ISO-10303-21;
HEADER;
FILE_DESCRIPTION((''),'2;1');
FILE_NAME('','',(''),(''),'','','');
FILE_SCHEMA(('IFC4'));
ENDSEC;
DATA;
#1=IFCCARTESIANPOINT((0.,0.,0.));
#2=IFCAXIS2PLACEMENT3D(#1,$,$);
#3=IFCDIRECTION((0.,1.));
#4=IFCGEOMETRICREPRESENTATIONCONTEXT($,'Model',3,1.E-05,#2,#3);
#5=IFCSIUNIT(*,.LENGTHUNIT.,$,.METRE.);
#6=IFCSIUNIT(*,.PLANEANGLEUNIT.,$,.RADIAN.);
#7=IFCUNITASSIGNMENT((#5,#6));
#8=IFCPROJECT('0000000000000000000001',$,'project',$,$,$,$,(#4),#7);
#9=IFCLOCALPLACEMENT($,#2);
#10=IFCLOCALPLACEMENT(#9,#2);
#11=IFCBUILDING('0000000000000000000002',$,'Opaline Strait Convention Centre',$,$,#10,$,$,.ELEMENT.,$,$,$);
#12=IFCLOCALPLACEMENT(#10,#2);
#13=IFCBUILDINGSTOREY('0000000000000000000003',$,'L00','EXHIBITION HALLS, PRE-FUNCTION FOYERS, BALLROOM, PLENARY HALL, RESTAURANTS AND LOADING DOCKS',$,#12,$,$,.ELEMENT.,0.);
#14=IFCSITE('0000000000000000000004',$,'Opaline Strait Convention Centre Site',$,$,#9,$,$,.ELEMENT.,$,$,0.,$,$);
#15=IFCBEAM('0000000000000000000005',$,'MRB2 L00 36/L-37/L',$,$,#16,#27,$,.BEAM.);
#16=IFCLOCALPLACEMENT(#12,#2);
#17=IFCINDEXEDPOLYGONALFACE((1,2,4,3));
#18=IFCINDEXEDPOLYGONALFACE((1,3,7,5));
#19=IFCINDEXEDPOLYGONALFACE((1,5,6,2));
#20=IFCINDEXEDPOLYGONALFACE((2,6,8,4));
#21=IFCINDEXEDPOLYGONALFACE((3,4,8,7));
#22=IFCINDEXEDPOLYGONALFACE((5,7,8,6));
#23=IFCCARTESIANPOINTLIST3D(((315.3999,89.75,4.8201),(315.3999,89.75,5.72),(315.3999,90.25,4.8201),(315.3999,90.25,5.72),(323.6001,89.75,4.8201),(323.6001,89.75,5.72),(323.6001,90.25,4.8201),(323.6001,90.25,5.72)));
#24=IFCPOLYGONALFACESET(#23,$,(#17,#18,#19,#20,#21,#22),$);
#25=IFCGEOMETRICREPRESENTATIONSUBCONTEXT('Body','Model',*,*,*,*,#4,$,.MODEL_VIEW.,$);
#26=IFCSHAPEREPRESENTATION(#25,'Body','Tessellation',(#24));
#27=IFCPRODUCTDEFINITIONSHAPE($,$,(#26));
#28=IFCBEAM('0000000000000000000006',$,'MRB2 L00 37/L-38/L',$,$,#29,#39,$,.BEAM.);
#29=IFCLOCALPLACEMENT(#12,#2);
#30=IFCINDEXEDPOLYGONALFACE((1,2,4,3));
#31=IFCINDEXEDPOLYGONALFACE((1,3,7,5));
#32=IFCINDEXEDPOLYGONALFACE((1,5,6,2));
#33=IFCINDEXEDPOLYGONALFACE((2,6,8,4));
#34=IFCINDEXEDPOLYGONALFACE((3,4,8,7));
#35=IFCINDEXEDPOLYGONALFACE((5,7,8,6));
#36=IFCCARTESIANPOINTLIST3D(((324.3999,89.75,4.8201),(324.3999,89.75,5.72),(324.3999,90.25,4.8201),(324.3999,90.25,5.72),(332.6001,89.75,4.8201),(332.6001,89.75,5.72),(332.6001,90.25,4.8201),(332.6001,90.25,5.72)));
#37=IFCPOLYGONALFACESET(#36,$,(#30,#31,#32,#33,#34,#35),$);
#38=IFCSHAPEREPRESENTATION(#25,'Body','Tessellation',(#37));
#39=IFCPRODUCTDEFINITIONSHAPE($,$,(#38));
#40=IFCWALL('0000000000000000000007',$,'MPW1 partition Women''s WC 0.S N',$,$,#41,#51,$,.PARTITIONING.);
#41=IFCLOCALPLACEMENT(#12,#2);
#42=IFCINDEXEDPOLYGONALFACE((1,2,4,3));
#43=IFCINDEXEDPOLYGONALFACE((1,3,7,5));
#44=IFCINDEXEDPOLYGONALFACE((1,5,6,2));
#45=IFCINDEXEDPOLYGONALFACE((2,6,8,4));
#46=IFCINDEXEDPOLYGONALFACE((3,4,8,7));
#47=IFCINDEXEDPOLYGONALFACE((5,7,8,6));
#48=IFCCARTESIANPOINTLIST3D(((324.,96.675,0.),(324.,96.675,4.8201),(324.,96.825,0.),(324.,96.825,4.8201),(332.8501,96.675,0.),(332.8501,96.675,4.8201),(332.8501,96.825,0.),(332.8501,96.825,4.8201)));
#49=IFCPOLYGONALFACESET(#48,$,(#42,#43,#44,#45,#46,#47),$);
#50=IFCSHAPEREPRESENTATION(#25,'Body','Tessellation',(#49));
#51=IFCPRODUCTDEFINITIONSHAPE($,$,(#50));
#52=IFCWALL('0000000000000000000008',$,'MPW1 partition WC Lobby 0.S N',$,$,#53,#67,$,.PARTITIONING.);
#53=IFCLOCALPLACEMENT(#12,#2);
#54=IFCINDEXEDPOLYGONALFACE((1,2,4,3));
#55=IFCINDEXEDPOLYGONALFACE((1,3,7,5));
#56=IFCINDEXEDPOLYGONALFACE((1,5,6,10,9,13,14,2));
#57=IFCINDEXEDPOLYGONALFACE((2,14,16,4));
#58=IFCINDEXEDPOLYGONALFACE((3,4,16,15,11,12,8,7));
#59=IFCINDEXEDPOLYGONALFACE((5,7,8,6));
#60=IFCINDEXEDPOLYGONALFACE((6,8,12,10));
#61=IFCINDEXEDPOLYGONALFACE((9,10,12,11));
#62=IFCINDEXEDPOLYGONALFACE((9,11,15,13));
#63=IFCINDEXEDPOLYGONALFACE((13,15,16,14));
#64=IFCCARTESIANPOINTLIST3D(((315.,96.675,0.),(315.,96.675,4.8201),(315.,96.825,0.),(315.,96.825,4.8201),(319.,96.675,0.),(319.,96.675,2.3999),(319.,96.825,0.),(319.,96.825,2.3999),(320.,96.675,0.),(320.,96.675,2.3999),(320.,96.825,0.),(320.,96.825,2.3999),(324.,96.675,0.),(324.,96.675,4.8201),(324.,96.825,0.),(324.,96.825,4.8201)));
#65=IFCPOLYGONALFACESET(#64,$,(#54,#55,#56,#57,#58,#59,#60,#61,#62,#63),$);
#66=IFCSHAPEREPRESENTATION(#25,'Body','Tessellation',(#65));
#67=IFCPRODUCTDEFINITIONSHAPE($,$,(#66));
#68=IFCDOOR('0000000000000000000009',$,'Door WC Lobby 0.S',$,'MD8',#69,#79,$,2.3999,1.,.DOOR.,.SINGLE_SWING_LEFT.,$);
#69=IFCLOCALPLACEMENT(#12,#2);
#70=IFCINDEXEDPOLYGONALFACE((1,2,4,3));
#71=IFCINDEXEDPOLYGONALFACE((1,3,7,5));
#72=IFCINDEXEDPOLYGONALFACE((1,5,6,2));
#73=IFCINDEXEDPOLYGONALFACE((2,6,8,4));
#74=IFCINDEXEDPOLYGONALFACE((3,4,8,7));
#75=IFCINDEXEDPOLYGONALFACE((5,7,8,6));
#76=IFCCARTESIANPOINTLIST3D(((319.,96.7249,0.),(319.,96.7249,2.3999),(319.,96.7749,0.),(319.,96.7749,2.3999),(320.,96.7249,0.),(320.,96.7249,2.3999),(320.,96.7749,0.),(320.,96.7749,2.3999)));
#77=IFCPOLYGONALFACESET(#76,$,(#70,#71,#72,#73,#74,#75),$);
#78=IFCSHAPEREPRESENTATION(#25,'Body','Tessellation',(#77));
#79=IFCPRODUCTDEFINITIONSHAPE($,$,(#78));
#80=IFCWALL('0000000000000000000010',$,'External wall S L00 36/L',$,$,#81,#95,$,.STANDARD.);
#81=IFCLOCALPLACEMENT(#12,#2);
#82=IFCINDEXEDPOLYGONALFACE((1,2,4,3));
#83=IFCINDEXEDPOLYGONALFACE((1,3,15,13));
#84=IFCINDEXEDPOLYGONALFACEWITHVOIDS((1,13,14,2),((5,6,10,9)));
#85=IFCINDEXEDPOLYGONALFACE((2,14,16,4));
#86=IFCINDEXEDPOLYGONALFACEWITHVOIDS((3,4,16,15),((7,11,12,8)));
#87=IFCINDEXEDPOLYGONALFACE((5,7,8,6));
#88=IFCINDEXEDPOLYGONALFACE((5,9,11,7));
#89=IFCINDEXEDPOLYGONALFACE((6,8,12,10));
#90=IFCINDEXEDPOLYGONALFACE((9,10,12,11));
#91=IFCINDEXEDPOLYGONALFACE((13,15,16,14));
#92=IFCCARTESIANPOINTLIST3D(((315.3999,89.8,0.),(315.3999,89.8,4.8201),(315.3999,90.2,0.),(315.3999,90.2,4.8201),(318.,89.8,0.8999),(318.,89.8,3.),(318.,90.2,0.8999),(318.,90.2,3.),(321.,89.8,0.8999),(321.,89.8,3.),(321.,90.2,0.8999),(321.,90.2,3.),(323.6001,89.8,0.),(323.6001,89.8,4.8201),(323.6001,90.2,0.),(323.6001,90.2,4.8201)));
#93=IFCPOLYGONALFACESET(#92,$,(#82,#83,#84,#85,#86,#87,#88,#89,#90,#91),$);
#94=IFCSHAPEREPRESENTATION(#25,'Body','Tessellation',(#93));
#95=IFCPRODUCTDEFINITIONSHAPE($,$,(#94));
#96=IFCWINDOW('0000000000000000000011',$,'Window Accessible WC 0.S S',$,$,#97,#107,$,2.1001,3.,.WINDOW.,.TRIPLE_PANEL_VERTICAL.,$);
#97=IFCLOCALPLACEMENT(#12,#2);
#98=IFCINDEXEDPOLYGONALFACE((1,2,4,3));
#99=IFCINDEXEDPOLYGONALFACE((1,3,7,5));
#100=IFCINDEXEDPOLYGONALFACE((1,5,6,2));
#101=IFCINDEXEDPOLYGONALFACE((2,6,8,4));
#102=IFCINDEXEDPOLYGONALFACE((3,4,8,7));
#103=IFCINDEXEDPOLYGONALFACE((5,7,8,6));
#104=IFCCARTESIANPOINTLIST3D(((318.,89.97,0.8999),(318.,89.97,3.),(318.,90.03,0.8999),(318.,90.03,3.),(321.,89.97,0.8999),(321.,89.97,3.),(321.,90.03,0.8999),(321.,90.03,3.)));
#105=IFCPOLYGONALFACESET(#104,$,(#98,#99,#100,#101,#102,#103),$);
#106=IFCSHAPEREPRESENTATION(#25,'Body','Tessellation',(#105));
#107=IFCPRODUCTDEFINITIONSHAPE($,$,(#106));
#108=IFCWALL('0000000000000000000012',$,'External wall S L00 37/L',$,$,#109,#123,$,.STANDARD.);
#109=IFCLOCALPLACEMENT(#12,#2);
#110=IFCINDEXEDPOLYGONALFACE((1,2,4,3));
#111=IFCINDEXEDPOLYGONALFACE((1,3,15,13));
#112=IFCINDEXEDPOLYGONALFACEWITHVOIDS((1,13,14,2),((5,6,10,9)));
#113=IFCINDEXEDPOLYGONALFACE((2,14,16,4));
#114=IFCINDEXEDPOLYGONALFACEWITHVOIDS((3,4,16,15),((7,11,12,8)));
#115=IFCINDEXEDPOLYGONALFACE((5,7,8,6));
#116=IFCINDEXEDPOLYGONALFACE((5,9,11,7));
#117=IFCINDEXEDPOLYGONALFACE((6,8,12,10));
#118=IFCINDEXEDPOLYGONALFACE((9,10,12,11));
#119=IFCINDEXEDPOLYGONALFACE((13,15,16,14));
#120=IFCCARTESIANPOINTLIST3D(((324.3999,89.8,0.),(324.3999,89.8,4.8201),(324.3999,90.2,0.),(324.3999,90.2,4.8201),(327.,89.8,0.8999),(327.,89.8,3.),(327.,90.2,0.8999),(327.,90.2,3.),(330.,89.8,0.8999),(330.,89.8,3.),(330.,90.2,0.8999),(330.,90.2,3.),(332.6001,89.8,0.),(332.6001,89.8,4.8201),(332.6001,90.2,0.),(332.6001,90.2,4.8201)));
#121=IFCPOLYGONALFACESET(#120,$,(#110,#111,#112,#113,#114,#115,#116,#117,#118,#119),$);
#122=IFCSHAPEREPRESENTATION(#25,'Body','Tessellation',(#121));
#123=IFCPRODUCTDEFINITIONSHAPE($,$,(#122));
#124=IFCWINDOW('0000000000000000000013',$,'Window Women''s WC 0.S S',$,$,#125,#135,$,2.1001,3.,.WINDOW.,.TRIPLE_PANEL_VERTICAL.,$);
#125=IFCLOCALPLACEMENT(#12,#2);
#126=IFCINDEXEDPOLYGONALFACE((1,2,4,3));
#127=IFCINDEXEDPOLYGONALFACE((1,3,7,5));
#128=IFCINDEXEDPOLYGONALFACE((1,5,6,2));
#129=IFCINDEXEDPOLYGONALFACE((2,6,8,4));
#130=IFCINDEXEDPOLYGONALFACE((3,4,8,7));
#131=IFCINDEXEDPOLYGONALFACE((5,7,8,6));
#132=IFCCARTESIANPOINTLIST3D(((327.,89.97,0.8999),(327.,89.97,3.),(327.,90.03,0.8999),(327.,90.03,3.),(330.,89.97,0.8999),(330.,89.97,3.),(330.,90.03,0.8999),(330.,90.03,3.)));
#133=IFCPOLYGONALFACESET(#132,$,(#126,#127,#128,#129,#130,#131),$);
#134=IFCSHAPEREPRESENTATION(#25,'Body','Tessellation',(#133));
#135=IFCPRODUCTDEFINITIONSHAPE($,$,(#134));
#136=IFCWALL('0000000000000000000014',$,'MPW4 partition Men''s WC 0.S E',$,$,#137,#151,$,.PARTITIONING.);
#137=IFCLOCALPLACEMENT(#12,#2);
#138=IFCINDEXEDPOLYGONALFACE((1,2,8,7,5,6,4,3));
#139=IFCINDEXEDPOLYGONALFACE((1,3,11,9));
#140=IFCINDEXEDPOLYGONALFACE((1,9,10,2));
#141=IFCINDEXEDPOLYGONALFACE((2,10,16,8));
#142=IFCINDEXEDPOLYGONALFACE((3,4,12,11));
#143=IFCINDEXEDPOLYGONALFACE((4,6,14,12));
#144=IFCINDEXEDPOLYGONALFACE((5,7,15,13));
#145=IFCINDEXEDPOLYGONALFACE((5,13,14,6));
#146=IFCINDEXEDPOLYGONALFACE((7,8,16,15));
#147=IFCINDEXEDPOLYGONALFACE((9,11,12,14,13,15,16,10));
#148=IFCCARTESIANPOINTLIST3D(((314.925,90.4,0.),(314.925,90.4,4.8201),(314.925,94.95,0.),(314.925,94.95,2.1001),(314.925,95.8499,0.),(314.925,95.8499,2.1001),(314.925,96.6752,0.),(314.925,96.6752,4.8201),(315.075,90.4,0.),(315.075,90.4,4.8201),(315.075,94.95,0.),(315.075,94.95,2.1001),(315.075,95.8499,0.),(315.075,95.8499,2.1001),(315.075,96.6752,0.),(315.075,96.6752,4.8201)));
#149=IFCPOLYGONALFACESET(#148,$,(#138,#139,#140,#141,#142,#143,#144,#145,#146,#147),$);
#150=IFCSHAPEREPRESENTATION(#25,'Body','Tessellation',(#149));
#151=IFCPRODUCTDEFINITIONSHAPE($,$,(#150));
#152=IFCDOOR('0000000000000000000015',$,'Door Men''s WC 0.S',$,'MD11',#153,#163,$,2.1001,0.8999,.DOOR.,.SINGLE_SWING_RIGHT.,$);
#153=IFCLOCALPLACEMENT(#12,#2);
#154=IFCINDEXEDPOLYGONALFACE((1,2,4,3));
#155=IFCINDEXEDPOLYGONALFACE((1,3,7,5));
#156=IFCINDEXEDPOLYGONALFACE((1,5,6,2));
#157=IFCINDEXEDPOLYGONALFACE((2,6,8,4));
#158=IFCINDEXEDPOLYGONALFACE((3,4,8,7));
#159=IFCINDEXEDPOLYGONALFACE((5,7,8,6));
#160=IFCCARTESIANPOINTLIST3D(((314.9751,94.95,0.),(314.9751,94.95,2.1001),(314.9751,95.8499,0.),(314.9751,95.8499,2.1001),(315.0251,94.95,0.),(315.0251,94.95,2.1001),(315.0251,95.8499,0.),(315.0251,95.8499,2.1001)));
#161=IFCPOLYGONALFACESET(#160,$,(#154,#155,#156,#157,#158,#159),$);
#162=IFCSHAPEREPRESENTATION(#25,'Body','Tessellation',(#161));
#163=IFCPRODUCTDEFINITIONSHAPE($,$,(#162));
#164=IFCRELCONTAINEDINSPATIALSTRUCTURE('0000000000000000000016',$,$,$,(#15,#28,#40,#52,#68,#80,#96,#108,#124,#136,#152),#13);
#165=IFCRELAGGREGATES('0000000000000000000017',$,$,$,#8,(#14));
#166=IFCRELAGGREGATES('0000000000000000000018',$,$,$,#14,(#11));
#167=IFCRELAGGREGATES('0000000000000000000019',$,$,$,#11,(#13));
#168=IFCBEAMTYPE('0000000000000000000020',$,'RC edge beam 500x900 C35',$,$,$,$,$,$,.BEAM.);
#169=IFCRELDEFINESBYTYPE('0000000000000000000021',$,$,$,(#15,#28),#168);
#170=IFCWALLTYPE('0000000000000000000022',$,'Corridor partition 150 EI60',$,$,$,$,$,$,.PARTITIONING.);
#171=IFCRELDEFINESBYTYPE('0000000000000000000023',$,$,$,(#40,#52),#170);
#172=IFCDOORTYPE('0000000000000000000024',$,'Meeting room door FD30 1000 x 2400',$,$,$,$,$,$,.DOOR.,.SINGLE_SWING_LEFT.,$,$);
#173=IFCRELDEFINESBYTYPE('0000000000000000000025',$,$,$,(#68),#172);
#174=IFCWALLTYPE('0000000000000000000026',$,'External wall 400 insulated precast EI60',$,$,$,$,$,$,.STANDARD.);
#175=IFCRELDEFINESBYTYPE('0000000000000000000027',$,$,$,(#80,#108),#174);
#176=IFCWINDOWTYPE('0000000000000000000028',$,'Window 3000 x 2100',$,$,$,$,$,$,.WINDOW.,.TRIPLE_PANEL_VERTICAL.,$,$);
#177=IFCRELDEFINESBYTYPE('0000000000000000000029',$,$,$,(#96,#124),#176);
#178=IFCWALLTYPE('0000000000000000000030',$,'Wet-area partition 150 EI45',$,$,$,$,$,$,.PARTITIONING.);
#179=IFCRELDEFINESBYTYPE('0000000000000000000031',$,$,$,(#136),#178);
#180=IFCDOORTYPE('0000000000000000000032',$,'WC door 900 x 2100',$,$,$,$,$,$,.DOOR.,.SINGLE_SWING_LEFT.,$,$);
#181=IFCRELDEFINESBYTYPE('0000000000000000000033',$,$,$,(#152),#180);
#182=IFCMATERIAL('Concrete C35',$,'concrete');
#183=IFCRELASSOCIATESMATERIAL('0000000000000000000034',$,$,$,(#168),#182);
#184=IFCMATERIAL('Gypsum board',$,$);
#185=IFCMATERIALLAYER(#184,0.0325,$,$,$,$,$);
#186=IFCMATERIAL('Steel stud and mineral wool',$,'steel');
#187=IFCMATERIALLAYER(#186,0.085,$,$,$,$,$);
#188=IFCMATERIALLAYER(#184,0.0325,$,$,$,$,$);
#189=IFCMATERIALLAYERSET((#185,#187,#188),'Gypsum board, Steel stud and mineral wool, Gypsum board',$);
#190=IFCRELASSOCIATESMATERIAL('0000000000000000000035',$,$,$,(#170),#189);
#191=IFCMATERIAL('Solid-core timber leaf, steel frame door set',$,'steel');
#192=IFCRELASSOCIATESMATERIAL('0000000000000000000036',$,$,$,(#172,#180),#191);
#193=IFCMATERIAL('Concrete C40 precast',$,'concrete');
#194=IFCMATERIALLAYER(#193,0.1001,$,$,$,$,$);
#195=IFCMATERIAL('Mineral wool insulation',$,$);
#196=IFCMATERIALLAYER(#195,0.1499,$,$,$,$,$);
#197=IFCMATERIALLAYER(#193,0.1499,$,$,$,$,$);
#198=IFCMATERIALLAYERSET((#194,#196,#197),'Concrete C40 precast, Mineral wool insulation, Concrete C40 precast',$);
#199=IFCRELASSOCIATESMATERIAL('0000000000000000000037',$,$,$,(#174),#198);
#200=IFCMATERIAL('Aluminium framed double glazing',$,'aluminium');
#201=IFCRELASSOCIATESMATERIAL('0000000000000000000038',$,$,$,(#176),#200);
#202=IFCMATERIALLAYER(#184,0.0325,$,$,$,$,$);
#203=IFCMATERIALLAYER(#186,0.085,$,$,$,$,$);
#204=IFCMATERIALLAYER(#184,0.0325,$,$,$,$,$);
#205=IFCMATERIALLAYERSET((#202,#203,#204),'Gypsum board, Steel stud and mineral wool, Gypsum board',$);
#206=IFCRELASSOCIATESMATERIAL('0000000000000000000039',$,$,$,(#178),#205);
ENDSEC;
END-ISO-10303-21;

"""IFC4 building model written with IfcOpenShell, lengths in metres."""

from ifc_helpers import new_model, si_unit, direction, frame, frame_2d, origin, origin_2d, place, context, subcontext, project, spatial, rectangle, extrude, material, layer, layer_set, material_profile, profile_set, type_object, element, fill, save


model = new_model("IFC4")

# Units and contexts
model_context = context("Model", 3, precision=1e-05, world=origin(), true_north=direction((0.0, 1.0)))
body_context = subcontext(model_context, "Body", "Model", "MODEL_VIEW")
ifc_project = project(units=[si_unit("LENGTHUNIT", "METRE"), si_unit("PLANEANGLEUNIT", "RADIAN")], contexts=[model_context])

# Site, building, storey
site_placement = place(None, origin())
site = spatial("IfcSite", under=ifc_project, at=site_placement, Name="Opaline Strait Convention Centre Site", CompositionType="ELEMENT", RefElevation=0.0)
building_placement = place(site_placement, origin())
building = spatial("IfcBuilding", under=site, at=building_placement, Name="Opaline Strait Convention Centre", CompositionType="ELEMENT")
storey_placement = place(building_placement, origin())
storey = spatial("IfcBuildingStorey", under=building, at=storey_placement, Name="L00", Description="EXHIBITION HALLS, PRE-FUNCTION FOYERS, BALLROOM, PLENARY HALL, RESTAURANTS AND LOADING DOCKS", CompositionType="ELEMENT", Elevation=0.0)

# Shared definitions
ifc_material_1 = material(Name="Concrete C35", Category="concrete")

# Beams
ifc_material_profile_1 = material_profile(ifc_material_1, rectangle(XDim=0.5, YDim=0.8999, at=origin_2d()), Name="RC 500x900")
ifc_profile_set_1 = profile_set([ifc_material_profile_1], Name="Concrete C35")
beam_type_1 = type_object("IfcBeamType", Name="RC edge beam 500x900 C35", PredefinedType="BEAM", material=ifc_profile_set_1)
for number, where, z_axis, x_axis, name in (
    (1, (315.3999, 90.0, 5.27), (1.0, 0.0, 0.0), (0.0, 1.0, 0.0), "MRB2 L00 36/L-37/L"),
    (2, (324.3999, 90.0, 5.27), (1.0, 0.0, 0.0), (0.0, 1.0, 0.0), "MRB2 L00 37/L-38/L"),
):
    element("IfcBeam", number, at=place(storey_placement, frame(where, z_axis=z_axis, x_axis=x_axis)), inside=storey, type_object=beam_type_1, Name=name, PredefinedType="BEAM", context=body_context, shape_type="SweptSolid", body=[
        extrude(rectangle(XDim=0.5, YDim=0.8999, at=origin_2d()), origin(), (0.0, 0.0, 1.0), 8.2002),
    ])

# Wall
ifc_material_2 = material(Name="Gypsum board")
ifc_layer_1 = layer(ifc_material_2, 0.0325)
ifc_material_3 = material(Name="Steel stud and mineral wool", Category="steel")
ifc_layer_2 = layer(ifc_material_3, 0.085)
ifc_layer_3 = layer(ifc_material_2, 0.0325)
ifc_layer_set_1 = layer_set([ifc_layer_1, ifc_layer_2, ifc_layer_3], Name="Gypsum board, Steel stud and mineral wool, Gypsum board")
wall_type_1 = type_object("IfcWallType", Name="Corridor partition 150 EI60", PredefinedType="PARTITIONING", material=ifc_layer_set_1)
wall_1_placement = place(storey_placement, frame((324.0, 96.75, 0.0), z_axis=(0.0, 0.0, 1.0), x_axis=(1.0, 0.0, 0.0)))
element("IfcWall", 3, at=wall_1_placement, inside=storey, type_object=wall_type_1, Name="MPW1 partition Women's WC 0.S N", PredefinedType="PARTITIONING", context=body_context, shape_type="SweptSolid", body=[
    extrude(rectangle(XDim=8.8501, YDim=0.1499, at=frame_2d((4.425, 0.0))), origin(), (0.0, 0.0, 1.0), 4.8201),
])

# Wall, opening, door
wall_2_placement = place(storey_placement, frame((315.0, 96.75, 0.0), z_axis=(0.0, 0.0, 1.0), x_axis=(1.0, 0.0, 0.0)))
wall_2 = element("IfcWall", 4, at=wall_2_placement, inside=storey, type_object=wall_type_1, Name="MPW1 partition WC Lobby 0.S N", PredefinedType="PARTITIONING", context=body_context, shape_type="SweptSolid", body=[
    extrude(rectangle(XDim=9.0, YDim=0.1499, at=frame_2d((4.5, 0.0))), origin(), (0.0, 0.0, 1.0), 4.8201),
])
opening_1_placement = place(wall_2_placement, frame((4.0, 0.0, 0.0)))
opening_1 = element("IfcOpeningElement", 5, at=opening_1_placement, cuts=wall_2, PredefinedType="OPENING", context=body_context, shape_type="SweptSolid", body=[
    extrude(rectangle(XDim=1.0, YDim=2.3999, at=frame_2d((0.5, 1.2))), frame((0.0, 0.085, 0.0), z_axis=(0.0, -1.0, 0.0), x_axis=(1.0, 0.0, 0.0)), (0.0, 0.0, 1.0), 0.1699),
])
ifc_material_4 = material(Name="Solid-core timber leaf, steel frame door set", Category="steel")
door_type_1 = type_object("IfcDoorType", Name="Meeting room door FD30 1000 x 2400", OperationType="SINGLE_SWING_LEFT", PredefinedType="DOOR", material=ifc_material_4)
door_1_placement = place(opening_1_placement, origin())
door_1 = element("IfcDoor", 6, at=door_1_placement, inside=storey, type_object=door_type_1, Name="Door WC Lobby 0.S", ObjectType="MD8", OperationType="SINGLE_SWING_LEFT", OverallHeight=2.3999, OverallWidth=1.0, PredefinedType="DOOR", context=body_context, shape_type="SweptSolid", body=[
    extrude(rectangle(XDim=1.0, YDim=2.3999, at=frame_2d((0.5, 1.2))), frame((0.0, 0.0249, 0.0), z_axis=(0.0, -1.0, 0.0), x_axis=(1.0, 0.0, 0.0)), (0.0, 0.0, 1.0), 0.05),
])
fill(opening_1, door_1)

# Walls, openings, windows
ifc_material_5 = material(Name="Concrete C40 precast", Category="concrete")
ifc_layer_4 = layer(ifc_material_5, 0.1001)
ifc_material_6 = material(Name="Mineral wool insulation")
ifc_layer_5 = layer(ifc_material_6, 0.1499)
ifc_layer_6 = layer(ifc_material_5, 0.1499)
ifc_layer_set_2 = layer_set([ifc_layer_4, ifc_layer_5, ifc_layer_6], Name="Concrete C40 precast, Mineral wool insulation, Concrete C40 precast")
wall_type_2 = type_object("IfcWallType", Name="External wall 400 insulated precast EI60", PredefinedType="STANDARD", material=ifc_layer_set_2)
wall_3_placement = place(storey_placement, frame((315.3999, 90.0, 0.0), z_axis=(0.0, 0.0, 1.0), x_axis=(1.0, 0.0, 0.0)))
wall_3 = element("IfcWall", 7, at=wall_3_placement, inside=storey, type_object=wall_type_2, Name="External wall S L00 36/L", PredefinedType="STANDARD", context=body_context, shape_type="SweptSolid", body=[
    extrude(rectangle(XDim=8.2002, YDim=0.3999, at=frame_2d((4.1001, 0.0))), origin(), (0.0, 0.0, 1.0), 4.8201),
])
opening_2_placement = place(wall_3_placement, frame((2.6001, 0.0, 0.8999)))
opening_2 = element("IfcOpeningElement", 8, at=opening_2_placement, cuts=wall_3, PredefinedType="OPENING", context=body_context, shape_type="SweptSolid", body=[
    extrude(rectangle(XDim=3.0, YDim=2.1001, at=frame_2d((1.5, 1.05))), frame((0.0, 0.21, 0.0), z_axis=(0.0, -1.0, 0.0), x_axis=(1.0, 0.0, 0.0)), (0.0, 0.0, 1.0), 0.4199),
])
ifc_material_7 = material(Name="Aluminium framed double glazing", Category="aluminium")
window_type = type_object("IfcWindowType", Name="Window 3000 x 2100", PartitioningType="TRIPLE_PANEL_VERTICAL", PredefinedType="WINDOW", material=ifc_material_7)
window_1_placement = place(opening_2_placement, origin())
window_1 = element("IfcWindow", 9, at=window_1_placement, inside=storey, type_object=window_type, Name="Window Accessible WC 0.S S", OverallHeight=2.1001, OverallWidth=3.0, PartitioningType="TRIPLE_PANEL_VERTICAL", PredefinedType="WINDOW", context=body_context, shape_type="SweptSolid", body=[
    extrude(rectangle(XDim=3.0, YDim=2.1001, at=frame_2d((1.5, 1.05))), frame((0.0, 0.03, 0.0), z_axis=(0.0, -1.0, 0.0), x_axis=(1.0, 0.0, 0.0)), (0.0, 0.0, 1.0), 0.0601),
])
fill(opening_2, window_1)
wall_4_placement = place(storey_placement, frame((324.3999, 90.0, 0.0), z_axis=(0.0, 0.0, 1.0), x_axis=(1.0, 0.0, 0.0)))
wall_4 = element("IfcWall", 10, at=wall_4_placement, inside=storey, type_object=wall_type_2, Name="External wall S L00 37/L", PredefinedType="STANDARD", context=body_context, shape_type="SweptSolid", body=[
    extrude(rectangle(XDim=8.2002, YDim=0.3999, at=frame_2d((4.1001, 0.0))), origin(), (0.0, 0.0, 1.0), 4.8201),
])
opening_3_placement = place(wall_4_placement, frame((2.6001, 0.0, 0.8999)))
opening_3 = element("IfcOpeningElement", 11, at=opening_3_placement, cuts=wall_4, PredefinedType="OPENING", context=body_context, shape_type="SweptSolid", body=[
    extrude(rectangle(XDim=3.0, YDim=2.1001, at=frame_2d((1.5, 1.05))), frame((0.0, 0.21, 0.0), z_axis=(0.0, -1.0, 0.0), x_axis=(1.0, 0.0, 0.0)), (0.0, 0.0, 1.0), 0.4199),
])
window_2_placement = place(opening_3_placement, origin())
window_2 = element("IfcWindow", 12, at=window_2_placement, inside=storey, type_object=window_type, Name="Window Women's WC 0.S S", OverallHeight=2.1001, OverallWidth=3.0, PartitioningType="TRIPLE_PANEL_VERTICAL", PredefinedType="WINDOW", context=body_context, shape_type="SweptSolid", body=[
    extrude(rectangle(XDim=3.0, YDim=2.1001, at=frame_2d((1.5, 1.05))), frame((0.0, 0.03, 0.0), z_axis=(0.0, -1.0, 0.0), x_axis=(1.0, 0.0, 0.0)), (0.0, 0.0, 1.0), 0.0601),
])
fill(opening_3, window_2)

# Wall, opening, door
ifc_layer_7 = layer(ifc_material_2, 0.0325)
ifc_layer_8 = layer(ifc_material_3, 0.085)
ifc_layer_9 = layer(ifc_material_2, 0.0325)
ifc_layer_set_3 = layer_set([ifc_layer_7, ifc_layer_8, ifc_layer_9], Name="Gypsum board, Steel stud and mineral wool, Gypsum board")
wall_type_3 = type_object("IfcWallType", Name="Wet-area partition 150 EI45", PredefinedType="PARTITIONING", material=ifc_layer_set_3)
wall_5_placement = place(storey_placement, frame((315.0, 90.3999, 0.0), z_axis=(0.0, 0.0, 1.0), x_axis=(0.0, 1.0, 0.0)))
wall_5 = element("IfcWall", 13, at=wall_5_placement, inside=storey, type_object=wall_type_3, Name="MPW4 partition Men's WC 0.S E", PredefinedType="PARTITIONING", context=body_context, shape_type="SweptSolid", body=[
    extrude(rectangle(XDim=6.2751, YDim=0.1499, at=frame_2d((3.1377, 0.0))), origin(), (0.0, 0.0, 1.0), 4.8201),
])
opening_4_placement = place(wall_5_placement, frame((4.55, 0.0, 0.0)))
opening_4 = element("IfcOpeningElement", 14, at=opening_4_placement, cuts=wall_5, PredefinedType="OPENING", context=body_context, shape_type="SweptSolid", body=[
    extrude(rectangle(XDim=0.8999, YDim=2.1001, at=frame_2d((0.45, 1.05))), frame((0.0, 0.085, 0.0), z_axis=(0.0, -1.0, 0.0), x_axis=(1.0, 0.0, 0.0)), (0.0, 0.0, 1.0), 0.1699),
])
door_type_2 = type_object("IfcDoorType", Name="WC door 900 x 2100", OperationType="SINGLE_SWING_LEFT", PredefinedType="DOOR", material=ifc_material_4)
door_2_placement = place(opening_4_placement, origin())
door_2 = element("IfcDoor", 15, at=door_2_placement, inside=storey, type_object=door_type_2, Name="Door Men's WC 0.S", ObjectType="MD11", OperationType="SINGLE_SWING_RIGHT", OverallHeight=2.1001, OverallWidth=0.8999, PredefinedType="DOOR", context=body_context, shape_type="SweptSolid", body=[
    extrude(rectangle(XDim=0.8999, YDim=2.1001, at=frame_2d((0.45, 1.05))), frame((0.0, 0.0249, 0.0), z_axis=(0.0, -1.0, 0.0), x_axis=(1.0, 0.0, 0.0)), (0.0, 0.0, 1.0), 0.05),
])
fill(opening_4, door_2)

save(model, "model.ifc")
